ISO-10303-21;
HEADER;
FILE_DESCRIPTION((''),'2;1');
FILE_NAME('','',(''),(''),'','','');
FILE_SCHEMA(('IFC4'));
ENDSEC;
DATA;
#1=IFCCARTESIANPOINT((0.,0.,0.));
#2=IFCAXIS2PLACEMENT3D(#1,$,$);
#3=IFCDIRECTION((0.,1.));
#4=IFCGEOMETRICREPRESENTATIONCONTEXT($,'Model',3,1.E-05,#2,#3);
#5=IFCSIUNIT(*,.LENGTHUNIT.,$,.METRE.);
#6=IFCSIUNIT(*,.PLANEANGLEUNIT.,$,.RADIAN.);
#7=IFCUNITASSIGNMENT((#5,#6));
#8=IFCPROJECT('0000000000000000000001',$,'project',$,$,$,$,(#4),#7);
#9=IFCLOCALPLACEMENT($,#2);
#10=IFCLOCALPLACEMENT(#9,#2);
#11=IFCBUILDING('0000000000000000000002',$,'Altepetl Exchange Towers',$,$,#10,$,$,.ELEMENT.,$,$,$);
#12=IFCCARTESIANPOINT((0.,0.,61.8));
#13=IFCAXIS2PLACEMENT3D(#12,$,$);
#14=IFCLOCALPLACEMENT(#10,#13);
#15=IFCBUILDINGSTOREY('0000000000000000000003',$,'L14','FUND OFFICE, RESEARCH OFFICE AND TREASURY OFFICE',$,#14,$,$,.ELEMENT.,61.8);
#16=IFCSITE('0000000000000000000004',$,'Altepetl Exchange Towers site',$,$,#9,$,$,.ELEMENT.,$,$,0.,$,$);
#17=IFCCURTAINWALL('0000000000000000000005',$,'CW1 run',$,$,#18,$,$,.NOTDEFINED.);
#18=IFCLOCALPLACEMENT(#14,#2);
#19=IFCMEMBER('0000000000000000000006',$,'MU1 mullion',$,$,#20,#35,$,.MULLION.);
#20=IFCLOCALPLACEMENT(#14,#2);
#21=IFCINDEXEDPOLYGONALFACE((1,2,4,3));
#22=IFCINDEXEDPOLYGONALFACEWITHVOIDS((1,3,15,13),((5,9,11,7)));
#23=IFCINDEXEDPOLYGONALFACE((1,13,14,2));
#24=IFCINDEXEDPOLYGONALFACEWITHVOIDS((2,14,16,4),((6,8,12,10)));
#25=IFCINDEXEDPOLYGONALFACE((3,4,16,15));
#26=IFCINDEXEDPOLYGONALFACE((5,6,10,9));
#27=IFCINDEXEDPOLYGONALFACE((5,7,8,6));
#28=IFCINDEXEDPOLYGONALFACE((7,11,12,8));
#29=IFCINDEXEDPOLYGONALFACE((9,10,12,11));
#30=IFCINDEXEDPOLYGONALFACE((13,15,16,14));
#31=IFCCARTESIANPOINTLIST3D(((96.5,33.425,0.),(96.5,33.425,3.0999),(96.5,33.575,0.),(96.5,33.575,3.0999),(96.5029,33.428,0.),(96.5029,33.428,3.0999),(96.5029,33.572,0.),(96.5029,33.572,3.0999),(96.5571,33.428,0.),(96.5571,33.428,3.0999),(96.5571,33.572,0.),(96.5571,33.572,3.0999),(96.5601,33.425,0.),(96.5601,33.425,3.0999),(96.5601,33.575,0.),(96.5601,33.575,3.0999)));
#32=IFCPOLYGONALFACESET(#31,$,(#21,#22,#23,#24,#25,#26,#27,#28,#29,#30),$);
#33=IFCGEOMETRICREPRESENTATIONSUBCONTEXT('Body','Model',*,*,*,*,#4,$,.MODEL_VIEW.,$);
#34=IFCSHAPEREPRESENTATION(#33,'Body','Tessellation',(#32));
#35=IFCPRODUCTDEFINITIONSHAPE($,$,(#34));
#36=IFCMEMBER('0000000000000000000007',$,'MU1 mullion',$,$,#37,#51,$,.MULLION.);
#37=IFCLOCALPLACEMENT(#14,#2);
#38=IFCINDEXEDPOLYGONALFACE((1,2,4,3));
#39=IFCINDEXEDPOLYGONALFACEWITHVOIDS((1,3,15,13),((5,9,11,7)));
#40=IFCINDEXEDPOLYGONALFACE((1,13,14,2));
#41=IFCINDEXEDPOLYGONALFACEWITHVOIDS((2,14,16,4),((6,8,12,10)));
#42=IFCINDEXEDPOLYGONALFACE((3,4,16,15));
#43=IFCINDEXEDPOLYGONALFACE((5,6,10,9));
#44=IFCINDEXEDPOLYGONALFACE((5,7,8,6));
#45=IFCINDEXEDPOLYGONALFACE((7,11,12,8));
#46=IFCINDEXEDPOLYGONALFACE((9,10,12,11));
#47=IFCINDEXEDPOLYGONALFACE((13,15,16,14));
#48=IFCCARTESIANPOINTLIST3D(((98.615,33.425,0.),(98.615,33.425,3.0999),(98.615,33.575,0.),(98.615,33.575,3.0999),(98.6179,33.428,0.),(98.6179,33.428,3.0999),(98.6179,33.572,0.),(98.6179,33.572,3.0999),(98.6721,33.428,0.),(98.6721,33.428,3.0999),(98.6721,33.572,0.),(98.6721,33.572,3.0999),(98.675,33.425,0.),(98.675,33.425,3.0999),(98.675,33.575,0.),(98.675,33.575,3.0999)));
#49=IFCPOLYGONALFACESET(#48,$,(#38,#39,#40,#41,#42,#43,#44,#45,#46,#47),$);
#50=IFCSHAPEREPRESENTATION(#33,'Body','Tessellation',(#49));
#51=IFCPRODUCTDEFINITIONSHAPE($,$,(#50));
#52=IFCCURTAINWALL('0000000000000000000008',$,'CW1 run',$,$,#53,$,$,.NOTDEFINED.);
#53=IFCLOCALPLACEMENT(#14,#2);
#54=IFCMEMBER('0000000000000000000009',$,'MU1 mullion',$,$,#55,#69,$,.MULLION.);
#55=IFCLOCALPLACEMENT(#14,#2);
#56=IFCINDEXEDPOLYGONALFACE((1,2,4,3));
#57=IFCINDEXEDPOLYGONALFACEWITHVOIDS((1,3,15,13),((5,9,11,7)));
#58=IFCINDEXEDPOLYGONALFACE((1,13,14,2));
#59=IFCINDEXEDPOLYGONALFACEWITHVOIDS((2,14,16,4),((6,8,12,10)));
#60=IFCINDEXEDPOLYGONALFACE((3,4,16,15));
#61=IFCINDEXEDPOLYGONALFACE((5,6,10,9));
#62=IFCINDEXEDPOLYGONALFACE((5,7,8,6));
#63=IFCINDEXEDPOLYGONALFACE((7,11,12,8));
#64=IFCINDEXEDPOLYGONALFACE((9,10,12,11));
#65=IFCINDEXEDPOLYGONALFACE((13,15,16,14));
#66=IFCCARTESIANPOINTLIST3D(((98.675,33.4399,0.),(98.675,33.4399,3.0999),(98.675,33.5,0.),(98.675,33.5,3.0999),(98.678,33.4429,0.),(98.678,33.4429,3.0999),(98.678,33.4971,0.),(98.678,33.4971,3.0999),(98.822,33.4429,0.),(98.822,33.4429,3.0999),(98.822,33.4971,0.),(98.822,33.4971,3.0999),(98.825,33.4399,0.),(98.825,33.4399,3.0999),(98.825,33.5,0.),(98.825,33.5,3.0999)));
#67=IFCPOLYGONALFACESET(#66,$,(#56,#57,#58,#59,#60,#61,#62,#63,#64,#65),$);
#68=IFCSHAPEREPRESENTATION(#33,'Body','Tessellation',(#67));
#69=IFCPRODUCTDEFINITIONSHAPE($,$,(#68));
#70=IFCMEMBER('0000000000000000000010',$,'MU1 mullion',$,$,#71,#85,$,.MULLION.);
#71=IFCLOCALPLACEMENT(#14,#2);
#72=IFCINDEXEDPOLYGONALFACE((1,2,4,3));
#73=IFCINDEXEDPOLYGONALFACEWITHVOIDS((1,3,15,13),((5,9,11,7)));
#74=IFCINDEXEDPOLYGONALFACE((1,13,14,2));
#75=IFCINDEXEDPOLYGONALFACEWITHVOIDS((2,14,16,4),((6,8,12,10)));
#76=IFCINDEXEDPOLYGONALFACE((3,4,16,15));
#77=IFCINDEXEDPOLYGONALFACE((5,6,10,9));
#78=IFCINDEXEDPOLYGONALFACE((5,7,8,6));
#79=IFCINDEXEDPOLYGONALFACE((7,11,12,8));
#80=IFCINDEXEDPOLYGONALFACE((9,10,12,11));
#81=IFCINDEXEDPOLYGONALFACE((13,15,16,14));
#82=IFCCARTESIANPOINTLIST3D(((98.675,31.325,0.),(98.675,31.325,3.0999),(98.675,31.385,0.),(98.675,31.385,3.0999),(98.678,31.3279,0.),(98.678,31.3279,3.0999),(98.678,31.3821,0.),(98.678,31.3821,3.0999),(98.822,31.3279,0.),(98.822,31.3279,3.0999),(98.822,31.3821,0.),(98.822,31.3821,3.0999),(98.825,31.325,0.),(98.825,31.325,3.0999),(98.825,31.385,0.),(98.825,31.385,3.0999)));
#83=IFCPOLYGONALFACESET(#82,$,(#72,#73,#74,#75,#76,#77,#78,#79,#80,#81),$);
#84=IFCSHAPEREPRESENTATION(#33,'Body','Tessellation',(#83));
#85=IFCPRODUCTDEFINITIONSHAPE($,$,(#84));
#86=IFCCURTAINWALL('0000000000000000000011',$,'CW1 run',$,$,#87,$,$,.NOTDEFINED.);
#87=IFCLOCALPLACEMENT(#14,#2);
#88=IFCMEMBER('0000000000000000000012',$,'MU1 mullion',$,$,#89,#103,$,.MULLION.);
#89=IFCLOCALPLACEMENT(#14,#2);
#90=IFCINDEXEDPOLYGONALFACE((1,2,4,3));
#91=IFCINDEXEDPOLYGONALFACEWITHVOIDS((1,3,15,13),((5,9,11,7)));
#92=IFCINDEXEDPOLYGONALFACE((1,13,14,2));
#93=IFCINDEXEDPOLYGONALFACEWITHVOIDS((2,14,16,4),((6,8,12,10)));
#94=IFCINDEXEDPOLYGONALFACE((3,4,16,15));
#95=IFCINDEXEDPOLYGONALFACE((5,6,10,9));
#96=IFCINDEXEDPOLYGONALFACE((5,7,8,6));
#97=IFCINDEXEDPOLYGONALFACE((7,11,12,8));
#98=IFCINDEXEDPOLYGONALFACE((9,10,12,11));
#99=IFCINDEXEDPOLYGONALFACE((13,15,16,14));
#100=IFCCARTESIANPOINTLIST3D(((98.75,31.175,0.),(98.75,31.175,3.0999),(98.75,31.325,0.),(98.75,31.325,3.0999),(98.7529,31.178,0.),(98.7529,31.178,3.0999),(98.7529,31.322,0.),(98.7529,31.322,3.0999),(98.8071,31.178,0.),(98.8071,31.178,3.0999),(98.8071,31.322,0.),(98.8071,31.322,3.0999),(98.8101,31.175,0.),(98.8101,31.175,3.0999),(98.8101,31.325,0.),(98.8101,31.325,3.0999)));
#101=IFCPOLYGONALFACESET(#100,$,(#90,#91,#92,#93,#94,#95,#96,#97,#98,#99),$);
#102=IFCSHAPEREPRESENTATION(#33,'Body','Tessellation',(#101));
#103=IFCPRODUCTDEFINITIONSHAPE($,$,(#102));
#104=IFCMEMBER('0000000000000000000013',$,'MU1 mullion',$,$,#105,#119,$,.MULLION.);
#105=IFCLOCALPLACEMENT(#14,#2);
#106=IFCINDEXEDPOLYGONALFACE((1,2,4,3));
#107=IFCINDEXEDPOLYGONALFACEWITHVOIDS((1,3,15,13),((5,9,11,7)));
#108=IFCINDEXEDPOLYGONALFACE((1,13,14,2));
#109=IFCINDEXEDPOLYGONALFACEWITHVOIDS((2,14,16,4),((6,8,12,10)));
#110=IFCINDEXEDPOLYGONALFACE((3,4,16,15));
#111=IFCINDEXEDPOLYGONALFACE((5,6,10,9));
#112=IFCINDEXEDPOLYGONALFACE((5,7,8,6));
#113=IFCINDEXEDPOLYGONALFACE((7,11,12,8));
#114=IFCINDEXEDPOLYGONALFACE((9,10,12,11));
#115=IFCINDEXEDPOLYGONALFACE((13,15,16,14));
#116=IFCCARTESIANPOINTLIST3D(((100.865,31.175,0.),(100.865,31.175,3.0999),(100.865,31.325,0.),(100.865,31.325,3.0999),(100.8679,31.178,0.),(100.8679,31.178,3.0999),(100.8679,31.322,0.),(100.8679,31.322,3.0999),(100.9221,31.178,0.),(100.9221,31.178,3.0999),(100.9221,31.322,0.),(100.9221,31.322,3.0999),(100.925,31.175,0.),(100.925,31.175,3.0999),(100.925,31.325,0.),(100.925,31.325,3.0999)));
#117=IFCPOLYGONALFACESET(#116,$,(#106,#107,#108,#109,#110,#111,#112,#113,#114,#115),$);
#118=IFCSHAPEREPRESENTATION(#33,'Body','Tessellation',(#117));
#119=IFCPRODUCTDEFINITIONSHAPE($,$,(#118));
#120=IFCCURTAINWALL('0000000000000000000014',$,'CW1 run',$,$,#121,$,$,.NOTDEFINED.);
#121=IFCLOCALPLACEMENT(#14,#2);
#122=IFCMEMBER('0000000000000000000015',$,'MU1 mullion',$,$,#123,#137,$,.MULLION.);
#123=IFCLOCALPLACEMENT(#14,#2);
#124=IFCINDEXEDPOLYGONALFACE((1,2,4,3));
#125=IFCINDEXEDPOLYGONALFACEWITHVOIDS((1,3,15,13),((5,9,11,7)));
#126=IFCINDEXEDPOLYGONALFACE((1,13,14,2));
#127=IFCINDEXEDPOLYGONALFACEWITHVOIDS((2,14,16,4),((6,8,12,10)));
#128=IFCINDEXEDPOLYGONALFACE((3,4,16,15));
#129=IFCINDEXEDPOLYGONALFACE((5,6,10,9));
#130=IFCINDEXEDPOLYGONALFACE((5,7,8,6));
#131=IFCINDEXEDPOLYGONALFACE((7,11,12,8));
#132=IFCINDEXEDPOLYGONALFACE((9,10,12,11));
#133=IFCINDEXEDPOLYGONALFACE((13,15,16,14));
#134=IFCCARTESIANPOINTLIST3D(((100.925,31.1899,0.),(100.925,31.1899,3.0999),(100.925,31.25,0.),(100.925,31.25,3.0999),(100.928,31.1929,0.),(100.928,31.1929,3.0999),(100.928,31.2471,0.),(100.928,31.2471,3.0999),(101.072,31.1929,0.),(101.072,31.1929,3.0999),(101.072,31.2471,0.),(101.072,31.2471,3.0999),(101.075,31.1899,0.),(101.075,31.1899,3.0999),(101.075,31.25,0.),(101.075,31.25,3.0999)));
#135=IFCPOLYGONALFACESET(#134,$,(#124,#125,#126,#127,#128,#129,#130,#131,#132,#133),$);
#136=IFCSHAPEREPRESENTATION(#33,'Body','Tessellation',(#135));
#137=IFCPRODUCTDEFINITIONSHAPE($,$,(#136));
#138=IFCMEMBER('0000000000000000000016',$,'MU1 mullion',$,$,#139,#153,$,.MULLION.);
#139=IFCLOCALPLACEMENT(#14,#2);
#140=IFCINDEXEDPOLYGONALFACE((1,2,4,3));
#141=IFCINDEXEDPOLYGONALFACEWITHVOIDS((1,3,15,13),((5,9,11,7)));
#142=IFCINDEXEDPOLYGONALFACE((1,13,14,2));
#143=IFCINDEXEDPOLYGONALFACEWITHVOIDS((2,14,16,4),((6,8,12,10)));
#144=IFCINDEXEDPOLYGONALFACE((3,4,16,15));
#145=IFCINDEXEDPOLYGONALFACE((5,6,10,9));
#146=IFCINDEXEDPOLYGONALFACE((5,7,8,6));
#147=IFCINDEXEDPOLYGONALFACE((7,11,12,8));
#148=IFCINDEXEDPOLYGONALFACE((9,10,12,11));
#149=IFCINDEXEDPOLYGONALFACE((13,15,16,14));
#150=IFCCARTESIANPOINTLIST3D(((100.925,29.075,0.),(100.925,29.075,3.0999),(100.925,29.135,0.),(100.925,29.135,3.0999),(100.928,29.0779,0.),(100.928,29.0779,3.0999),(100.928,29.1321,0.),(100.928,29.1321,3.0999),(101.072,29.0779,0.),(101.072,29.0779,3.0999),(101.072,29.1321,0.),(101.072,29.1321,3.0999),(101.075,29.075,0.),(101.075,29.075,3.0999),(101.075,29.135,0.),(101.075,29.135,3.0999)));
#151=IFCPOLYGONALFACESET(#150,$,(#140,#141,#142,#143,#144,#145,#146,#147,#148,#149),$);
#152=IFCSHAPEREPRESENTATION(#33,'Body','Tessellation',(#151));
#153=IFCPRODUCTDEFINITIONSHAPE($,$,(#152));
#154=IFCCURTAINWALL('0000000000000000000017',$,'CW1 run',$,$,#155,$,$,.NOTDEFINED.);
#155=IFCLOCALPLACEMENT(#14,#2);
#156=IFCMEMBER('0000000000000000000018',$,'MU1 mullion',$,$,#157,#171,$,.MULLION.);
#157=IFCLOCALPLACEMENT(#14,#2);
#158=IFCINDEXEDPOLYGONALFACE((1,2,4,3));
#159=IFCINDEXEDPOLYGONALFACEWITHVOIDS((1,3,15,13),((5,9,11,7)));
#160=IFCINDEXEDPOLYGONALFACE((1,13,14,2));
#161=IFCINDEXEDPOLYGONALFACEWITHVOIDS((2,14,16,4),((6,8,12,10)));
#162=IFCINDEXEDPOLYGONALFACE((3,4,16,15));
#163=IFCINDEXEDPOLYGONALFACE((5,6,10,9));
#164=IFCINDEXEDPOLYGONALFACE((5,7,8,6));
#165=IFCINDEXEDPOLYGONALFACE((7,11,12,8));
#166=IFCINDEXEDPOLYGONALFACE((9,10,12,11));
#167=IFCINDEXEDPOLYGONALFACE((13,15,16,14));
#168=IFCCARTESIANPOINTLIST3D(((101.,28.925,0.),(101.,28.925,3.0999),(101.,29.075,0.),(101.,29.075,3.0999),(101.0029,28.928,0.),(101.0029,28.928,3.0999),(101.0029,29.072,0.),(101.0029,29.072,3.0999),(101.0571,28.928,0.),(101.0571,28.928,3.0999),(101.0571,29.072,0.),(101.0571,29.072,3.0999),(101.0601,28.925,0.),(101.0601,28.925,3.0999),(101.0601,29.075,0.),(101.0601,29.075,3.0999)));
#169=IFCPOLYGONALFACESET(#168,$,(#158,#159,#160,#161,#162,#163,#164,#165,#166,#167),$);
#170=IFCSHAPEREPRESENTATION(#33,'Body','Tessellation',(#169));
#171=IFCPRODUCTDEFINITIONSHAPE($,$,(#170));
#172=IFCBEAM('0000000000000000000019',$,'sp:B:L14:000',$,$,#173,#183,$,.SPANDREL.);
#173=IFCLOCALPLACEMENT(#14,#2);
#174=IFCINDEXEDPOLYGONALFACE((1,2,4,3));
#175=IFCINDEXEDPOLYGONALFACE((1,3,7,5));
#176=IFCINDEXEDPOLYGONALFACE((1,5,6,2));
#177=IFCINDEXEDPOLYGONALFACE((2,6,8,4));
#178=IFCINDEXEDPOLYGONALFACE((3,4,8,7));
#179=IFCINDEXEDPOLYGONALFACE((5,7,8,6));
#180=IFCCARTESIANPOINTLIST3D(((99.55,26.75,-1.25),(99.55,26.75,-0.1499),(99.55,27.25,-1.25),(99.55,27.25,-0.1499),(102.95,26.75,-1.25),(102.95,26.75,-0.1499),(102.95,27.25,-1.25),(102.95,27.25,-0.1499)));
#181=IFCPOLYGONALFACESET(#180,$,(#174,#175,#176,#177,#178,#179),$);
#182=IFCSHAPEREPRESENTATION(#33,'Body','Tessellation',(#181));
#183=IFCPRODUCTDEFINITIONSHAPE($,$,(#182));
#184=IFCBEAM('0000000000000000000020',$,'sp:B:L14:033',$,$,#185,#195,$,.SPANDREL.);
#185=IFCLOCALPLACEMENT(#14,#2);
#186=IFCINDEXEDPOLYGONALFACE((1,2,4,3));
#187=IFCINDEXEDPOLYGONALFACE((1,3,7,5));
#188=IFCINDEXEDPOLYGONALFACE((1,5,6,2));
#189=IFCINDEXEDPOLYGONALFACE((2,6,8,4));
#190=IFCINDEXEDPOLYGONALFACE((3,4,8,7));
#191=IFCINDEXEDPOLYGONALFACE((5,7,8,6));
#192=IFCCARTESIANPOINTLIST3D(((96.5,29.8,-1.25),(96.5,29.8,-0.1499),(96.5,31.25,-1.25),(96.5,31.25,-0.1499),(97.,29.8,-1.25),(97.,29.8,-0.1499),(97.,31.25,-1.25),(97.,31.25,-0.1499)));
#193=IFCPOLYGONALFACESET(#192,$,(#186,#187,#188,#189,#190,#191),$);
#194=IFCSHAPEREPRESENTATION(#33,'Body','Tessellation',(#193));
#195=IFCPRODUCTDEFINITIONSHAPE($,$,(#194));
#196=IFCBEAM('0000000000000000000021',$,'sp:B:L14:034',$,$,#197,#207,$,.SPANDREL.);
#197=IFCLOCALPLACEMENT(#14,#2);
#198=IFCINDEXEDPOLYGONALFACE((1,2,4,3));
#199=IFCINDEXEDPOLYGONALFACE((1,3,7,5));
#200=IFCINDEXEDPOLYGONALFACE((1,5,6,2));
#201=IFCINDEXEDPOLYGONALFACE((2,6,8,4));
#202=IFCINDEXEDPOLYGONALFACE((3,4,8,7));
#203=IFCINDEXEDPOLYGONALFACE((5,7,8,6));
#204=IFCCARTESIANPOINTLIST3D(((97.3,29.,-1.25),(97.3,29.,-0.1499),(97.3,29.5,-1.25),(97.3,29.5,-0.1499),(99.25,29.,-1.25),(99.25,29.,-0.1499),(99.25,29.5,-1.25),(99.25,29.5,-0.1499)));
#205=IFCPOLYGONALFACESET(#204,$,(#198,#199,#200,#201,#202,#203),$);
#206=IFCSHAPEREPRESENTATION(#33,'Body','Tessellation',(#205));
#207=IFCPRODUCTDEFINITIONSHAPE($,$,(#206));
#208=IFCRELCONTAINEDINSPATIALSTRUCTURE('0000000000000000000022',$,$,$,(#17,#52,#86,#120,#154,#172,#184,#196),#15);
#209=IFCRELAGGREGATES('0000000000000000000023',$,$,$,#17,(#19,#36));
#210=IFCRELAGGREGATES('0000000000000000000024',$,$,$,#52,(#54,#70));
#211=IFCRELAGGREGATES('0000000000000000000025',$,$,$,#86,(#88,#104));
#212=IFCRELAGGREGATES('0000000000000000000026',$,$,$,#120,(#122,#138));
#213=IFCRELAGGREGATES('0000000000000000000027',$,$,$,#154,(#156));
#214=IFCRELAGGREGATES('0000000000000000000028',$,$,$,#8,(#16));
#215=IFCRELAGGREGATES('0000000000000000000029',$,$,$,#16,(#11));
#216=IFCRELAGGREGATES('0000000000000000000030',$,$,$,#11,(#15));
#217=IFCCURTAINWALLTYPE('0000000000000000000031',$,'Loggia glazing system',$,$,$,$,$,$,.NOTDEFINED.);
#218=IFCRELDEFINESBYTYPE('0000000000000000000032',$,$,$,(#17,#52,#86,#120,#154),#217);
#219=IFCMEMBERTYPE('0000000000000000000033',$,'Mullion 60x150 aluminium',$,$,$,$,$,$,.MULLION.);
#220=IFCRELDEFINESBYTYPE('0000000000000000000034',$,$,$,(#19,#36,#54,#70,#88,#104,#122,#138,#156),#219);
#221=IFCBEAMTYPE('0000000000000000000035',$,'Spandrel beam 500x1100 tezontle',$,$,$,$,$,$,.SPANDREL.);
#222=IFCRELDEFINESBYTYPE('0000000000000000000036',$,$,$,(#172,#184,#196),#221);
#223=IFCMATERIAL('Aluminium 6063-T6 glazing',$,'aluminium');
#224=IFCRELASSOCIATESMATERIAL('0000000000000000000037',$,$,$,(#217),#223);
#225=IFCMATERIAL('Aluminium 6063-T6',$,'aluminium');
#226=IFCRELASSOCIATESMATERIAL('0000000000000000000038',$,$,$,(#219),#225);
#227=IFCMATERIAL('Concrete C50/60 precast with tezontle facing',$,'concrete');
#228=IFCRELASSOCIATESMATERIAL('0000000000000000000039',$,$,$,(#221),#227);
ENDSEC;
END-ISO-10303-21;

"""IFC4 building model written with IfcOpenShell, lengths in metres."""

from ifc_helpers import new_model, si_unit, direction, frame, origin, origin_2d, place, context, subcontext, project, spatial, rectangle, hollow_rectangle, extrude, material, material_profile, profile_set, type_object, element, aggregate, save


model = new_model("IFC4")

# Units and contexts
model_context = context("Model", 3, precision=1e-05, world=origin(), true_north=direction((0.0, 1.0)))
body_context = subcontext(model_context, "Body", "Model", "MODEL_VIEW")
ifc_project = project(units=[si_unit("LENGTHUNIT", "METRE"), si_unit("PLANEANGLEUNIT", "RADIAN")], contexts=[model_context])

# Site, building, storey
site_placement = place(None, origin())
site = spatial("IfcSite", under=ifc_project, at=site_placement, Name="Altepetl Exchange Towers site", CompositionType="ELEMENT", RefElevation=0.0)
building_placement = place(site_placement, origin())
building = spatial("IfcBuilding", under=site, at=building_placement, Name="Altepetl Exchange Towers", CompositionType="ELEMENT")
storey_placement = place(building_placement, frame((0.0, 0.0, 61.8)))
storey = spatial("IfcBuildingStorey", under=building, at=storey_placement, Name="L14", Description="FUND OFFICE, RESEARCH OFFICE AND TREASURY OFFICE", CompositionType="ELEMENT", Elevation=61.8)

# Curtain walls, members
ifc_material_1 = material(Name="Aluminium 6063-T6 glazing", Category="aluminium")
curtain_wall_type = type_object("IfcCurtainWallType", Name="Loggia glazing system", PredefinedType="NOTDEFINED", material=ifc_material_1)
ifc_material_2 = material(Name="Aluminium 6063-T6", Category="aluminium")
ifc_material_profile_1 = material_profile(ifc_material_2, hollow_rectangle(XDim=0.0601, YDim=0.1499, WallThickness=0.0029, at=origin_2d()), Name="Mullion 60x150 aluminium")
ifc_profile_set_1 = profile_set([ifc_material_profile_1], Name="Aluminium 6063-T6")
member_type = type_object("IfcMemberType", Name="Mullion 60x150 aluminium", PredefinedType="MULLION", material=ifc_profile_set_1)
curtain_wall_1_placement = place(storey_placement, origin())
curtain_wall_1 = element("IfcCurtainWall", 1, at=curtain_wall_1_placement, inside=storey, type_object=curtain_wall_type, Name="CW1 run", PredefinedType="NOTDEFINED")
member_1_placement = place(storey_placement, frame((96.53, 33.5, 0.0)))
member_1 = element("IfcMember", 2, at=member_1_placement, type_object=member_type, Name="MU1 mullion", PredefinedType="MULLION", context=body_context, shape_type="SweptSolid", body=[
    extrude(hollow_rectangle(XDim=0.0601, YDim=0.1499, WallThickness=0.0029, at=origin_2d()), origin(), (0.0, 0.0, 1.0), 3.0999),
])
member_2_placement = place(storey_placement, frame((98.645, 33.5, 0.0)))
member_2 = element("IfcMember", 3, at=member_2_placement, type_object=member_type, Name="MU1 mullion", PredefinedType="MULLION", context=body_context, shape_type="SweptSolid", body=[
    extrude(hollow_rectangle(XDim=0.0601, YDim=0.1499, WallThickness=0.0029, at=origin_2d()), origin(), (0.0, 0.0, 1.0), 3.0999),
])
curtain_wall_2_placement = place(storey_placement, origin())
curtain_wall_2 = element("IfcCurtainWall", 4, at=curtain_wall_2_placement, inside=storey, type_object=curtain_wall_type, Name="CW1 run", PredefinedType="NOTDEFINED")
member_3_placement = place(storey_placement, frame((98.75, 33.47, 0.0), z_axis=(0.0, 0.0, 1.0), x_axis=(0.0, -1.0, 0.0)))
member_3 = element("IfcMember", 5, at=member_3_placement, type_object=member_type, Name="MU1 mullion", PredefinedType="MULLION", context=body_context, shape_type="SweptSolid", body=[
    extrude(hollow_rectangle(XDim=0.0601, YDim=0.1499, WallThickness=0.0029, at=origin_2d()), origin(), (0.0, 0.0, 1.0), 3.0999),
])
member_4_placement = place(storey_placement, frame((98.75, 31.355, 0.0), z_axis=(0.0, 0.0, 1.0), x_axis=(0.0, -1.0, 0.0)))
member_4 = element("IfcMember", 6, at=member_4_placement, type_object=member_type, Name="MU1 mullion", PredefinedType="MULLION", context=body_context, shape_type="SweptSolid", body=[
    extrude(hollow_rectangle(XDim=0.0601, YDim=0.1499, WallThickness=0.0029, at=origin_2d()), origin(), (0.0, 0.0, 1.0), 3.0999),
])
curtain_wall_3_placement = place(storey_placement, origin())
curtain_wall_3 = element("IfcCurtainWall", 7, at=curtain_wall_3_placement, inside=storey, type_object=curtain_wall_type, Name="CW1 run", PredefinedType="NOTDEFINED")
member_5_placement = place(storey_placement, frame((98.78, 31.25, 0.0)))
member_5 = element("IfcMember", 8, at=member_5_placement, type_object=member_type, Name="MU1 mullion", PredefinedType="MULLION", context=body_context, shape_type="SweptSolid", body=[
    extrude(hollow_rectangle(XDim=0.0601, YDim=0.1499, WallThickness=0.0029, at=origin_2d()), origin(), (0.0, 0.0, 1.0), 3.0999),
])
member_6_placement = place(storey_placement, frame((100.895, 31.25, 0.0)))
member_6 = element("IfcMember", 9, at=member_6_placement, type_object=member_type, Name="MU1 mullion", PredefinedType="MULLION", context=body_context, shape_type="SweptSolid", body=[
    extrude(hollow_rectangle(XDim=0.0601, YDim=0.1499, WallThickness=0.0029, at=origin_2d()), origin(), (0.0, 0.0, 1.0), 3.0999),
])
curtain_wall_4_placement = place(storey_placement, origin())
curtain_wall_4 = element("IfcCurtainWall", 10, at=curtain_wall_4_placement, inside=storey, type_object=curtain_wall_type, Name="CW1 run", PredefinedType="NOTDEFINED")
member_7_placement = place(storey_placement, frame((101.0, 31.22, 0.0), z_axis=(0.0, 0.0, 1.0), x_axis=(0.0, -1.0, 0.0)))
member_7 = element("IfcMember", 11, at=member_7_placement, type_object=member_type, Name="MU1 mullion", PredefinedType="MULLION", context=body_context, shape_type="SweptSolid", body=[
    extrude(hollow_rectangle(XDim=0.0601, YDim=0.1499, WallThickness=0.0029, at=origin_2d()), origin(), (0.0, 0.0, 1.0), 3.0999),
])
member_8_placement = place(storey_placement, frame((101.0, 29.105, 0.0), z_axis=(0.0, 0.0, 1.0), x_axis=(0.0, -1.0, 0.0)))
member_8 = element("IfcMember", 12, at=member_8_placement, type_object=member_type, Name="MU1 mullion", PredefinedType="MULLION", context=body_context, shape_type="SweptSolid", body=[
    extrude(hollow_rectangle(XDim=0.0601, YDim=0.1499, WallThickness=0.0029, at=origin_2d()), origin(), (0.0, 0.0, 1.0), 3.0999),
])

# Curtain wall, member
curtain_wall_5_placement = place(storey_placement, origin())
curtain_wall_5 = element("IfcCurtainWall", 13, at=curtain_wall_5_placement, inside=storey, type_object=curtain_wall_type, Name="CW1 run", PredefinedType="NOTDEFINED")
member_9_placement = place(storey_placement, frame((101.03, 29.0, 0.0)))
member_9 = element("IfcMember", 14, at=member_9_placement, type_object=member_type, Name="MU1 mullion", PredefinedType="MULLION", context=body_context, shape_type="SweptSolid", body=[
    extrude(hollow_rectangle(XDim=0.0601, YDim=0.1499, WallThickness=0.0029, at=origin_2d()), origin(), (0.0, 0.0, 1.0), 3.0999),
])

# Beams
ifc_material_3 = material(Name="Concrete C50/60 precast with tezontle facing", Category="concrete")
ifc_material_profile_2 = material_profile(ifc_material_3, rectangle(XDim=0.5, YDim=1.1001, at=origin_2d()), Name="500 x 1100")
ifc_profile_set_2 = profile_set([ifc_material_profile_2], Name="Concrete C50/60 precast with tezontle facing")
beam_type_1 = type_object("IfcBeamType", Name="Spandrel beam 500x1100 tezontle", PredefinedType="SPANDREL", material=ifc_profile_set_2)
beam_1_placement = place(storey_placement, frame((99.55, 27.0, -0.7), z_axis=(1.0, 0.0, 0.0), x_axis=(0.0, 1.0, 0.0)))
element("IfcBeam", 15, at=beam_1_placement, inside=storey, type_object=beam_type_1, Name="sp:B:L14:000", PredefinedType="SPANDREL", context=body_context, shape_type="SweptSolid", body=[
    extrude(rectangle(XDim=0.5, YDim=1.1001, at=origin_2d()), origin(), (0.0, 0.0, 1.0), 3.3999),
])
beam_2_placement = place(storey_placement, frame((96.75, 31.25, -0.7), z_axis=(0.0, -1.0, 0.0), x_axis=(1.0, 0.0, 0.0)))
element("IfcBeam", 16, at=beam_2_placement, inside=storey, type_object=beam_type_1, Name="sp:B:L14:033", PredefinedType="SPANDREL", context=body_context, shape_type="SweptSolid", body=[
    extrude(rectangle(XDim=0.5, YDim=1.1001, at=origin_2d()), origin(), (0.0, 0.0, 1.0), 1.45),
])
beam_3_placement = place(storey_placement, frame((97.3, 29.25, -0.7), z_axis=(1.0, 0.0, 0.0), x_axis=(0.0, 1.0, 0.0)))
element("IfcBeam", 17, at=beam_3_placement, inside=storey, type_object=beam_type_1, Name="sp:B:L14:034", PredefinedType="SPANDREL", context=body_context, shape_type="SweptSolid", body=[
    extrude(rectangle(XDim=0.5, YDim=1.1001, at=origin_2d()), origin(), (0.0, 0.0, 1.0), 1.95),
])

aggregate(curtain_wall_1, [member_1, member_2])
aggregate(curtain_wall_2, [member_3, member_4])
aggregate(curtain_wall_3, [member_5, member_6])
aggregate(curtain_wall_4, [member_7, member_8])
aggregate(curtain_wall_5, [member_9])

save(model, "model.ifc")
